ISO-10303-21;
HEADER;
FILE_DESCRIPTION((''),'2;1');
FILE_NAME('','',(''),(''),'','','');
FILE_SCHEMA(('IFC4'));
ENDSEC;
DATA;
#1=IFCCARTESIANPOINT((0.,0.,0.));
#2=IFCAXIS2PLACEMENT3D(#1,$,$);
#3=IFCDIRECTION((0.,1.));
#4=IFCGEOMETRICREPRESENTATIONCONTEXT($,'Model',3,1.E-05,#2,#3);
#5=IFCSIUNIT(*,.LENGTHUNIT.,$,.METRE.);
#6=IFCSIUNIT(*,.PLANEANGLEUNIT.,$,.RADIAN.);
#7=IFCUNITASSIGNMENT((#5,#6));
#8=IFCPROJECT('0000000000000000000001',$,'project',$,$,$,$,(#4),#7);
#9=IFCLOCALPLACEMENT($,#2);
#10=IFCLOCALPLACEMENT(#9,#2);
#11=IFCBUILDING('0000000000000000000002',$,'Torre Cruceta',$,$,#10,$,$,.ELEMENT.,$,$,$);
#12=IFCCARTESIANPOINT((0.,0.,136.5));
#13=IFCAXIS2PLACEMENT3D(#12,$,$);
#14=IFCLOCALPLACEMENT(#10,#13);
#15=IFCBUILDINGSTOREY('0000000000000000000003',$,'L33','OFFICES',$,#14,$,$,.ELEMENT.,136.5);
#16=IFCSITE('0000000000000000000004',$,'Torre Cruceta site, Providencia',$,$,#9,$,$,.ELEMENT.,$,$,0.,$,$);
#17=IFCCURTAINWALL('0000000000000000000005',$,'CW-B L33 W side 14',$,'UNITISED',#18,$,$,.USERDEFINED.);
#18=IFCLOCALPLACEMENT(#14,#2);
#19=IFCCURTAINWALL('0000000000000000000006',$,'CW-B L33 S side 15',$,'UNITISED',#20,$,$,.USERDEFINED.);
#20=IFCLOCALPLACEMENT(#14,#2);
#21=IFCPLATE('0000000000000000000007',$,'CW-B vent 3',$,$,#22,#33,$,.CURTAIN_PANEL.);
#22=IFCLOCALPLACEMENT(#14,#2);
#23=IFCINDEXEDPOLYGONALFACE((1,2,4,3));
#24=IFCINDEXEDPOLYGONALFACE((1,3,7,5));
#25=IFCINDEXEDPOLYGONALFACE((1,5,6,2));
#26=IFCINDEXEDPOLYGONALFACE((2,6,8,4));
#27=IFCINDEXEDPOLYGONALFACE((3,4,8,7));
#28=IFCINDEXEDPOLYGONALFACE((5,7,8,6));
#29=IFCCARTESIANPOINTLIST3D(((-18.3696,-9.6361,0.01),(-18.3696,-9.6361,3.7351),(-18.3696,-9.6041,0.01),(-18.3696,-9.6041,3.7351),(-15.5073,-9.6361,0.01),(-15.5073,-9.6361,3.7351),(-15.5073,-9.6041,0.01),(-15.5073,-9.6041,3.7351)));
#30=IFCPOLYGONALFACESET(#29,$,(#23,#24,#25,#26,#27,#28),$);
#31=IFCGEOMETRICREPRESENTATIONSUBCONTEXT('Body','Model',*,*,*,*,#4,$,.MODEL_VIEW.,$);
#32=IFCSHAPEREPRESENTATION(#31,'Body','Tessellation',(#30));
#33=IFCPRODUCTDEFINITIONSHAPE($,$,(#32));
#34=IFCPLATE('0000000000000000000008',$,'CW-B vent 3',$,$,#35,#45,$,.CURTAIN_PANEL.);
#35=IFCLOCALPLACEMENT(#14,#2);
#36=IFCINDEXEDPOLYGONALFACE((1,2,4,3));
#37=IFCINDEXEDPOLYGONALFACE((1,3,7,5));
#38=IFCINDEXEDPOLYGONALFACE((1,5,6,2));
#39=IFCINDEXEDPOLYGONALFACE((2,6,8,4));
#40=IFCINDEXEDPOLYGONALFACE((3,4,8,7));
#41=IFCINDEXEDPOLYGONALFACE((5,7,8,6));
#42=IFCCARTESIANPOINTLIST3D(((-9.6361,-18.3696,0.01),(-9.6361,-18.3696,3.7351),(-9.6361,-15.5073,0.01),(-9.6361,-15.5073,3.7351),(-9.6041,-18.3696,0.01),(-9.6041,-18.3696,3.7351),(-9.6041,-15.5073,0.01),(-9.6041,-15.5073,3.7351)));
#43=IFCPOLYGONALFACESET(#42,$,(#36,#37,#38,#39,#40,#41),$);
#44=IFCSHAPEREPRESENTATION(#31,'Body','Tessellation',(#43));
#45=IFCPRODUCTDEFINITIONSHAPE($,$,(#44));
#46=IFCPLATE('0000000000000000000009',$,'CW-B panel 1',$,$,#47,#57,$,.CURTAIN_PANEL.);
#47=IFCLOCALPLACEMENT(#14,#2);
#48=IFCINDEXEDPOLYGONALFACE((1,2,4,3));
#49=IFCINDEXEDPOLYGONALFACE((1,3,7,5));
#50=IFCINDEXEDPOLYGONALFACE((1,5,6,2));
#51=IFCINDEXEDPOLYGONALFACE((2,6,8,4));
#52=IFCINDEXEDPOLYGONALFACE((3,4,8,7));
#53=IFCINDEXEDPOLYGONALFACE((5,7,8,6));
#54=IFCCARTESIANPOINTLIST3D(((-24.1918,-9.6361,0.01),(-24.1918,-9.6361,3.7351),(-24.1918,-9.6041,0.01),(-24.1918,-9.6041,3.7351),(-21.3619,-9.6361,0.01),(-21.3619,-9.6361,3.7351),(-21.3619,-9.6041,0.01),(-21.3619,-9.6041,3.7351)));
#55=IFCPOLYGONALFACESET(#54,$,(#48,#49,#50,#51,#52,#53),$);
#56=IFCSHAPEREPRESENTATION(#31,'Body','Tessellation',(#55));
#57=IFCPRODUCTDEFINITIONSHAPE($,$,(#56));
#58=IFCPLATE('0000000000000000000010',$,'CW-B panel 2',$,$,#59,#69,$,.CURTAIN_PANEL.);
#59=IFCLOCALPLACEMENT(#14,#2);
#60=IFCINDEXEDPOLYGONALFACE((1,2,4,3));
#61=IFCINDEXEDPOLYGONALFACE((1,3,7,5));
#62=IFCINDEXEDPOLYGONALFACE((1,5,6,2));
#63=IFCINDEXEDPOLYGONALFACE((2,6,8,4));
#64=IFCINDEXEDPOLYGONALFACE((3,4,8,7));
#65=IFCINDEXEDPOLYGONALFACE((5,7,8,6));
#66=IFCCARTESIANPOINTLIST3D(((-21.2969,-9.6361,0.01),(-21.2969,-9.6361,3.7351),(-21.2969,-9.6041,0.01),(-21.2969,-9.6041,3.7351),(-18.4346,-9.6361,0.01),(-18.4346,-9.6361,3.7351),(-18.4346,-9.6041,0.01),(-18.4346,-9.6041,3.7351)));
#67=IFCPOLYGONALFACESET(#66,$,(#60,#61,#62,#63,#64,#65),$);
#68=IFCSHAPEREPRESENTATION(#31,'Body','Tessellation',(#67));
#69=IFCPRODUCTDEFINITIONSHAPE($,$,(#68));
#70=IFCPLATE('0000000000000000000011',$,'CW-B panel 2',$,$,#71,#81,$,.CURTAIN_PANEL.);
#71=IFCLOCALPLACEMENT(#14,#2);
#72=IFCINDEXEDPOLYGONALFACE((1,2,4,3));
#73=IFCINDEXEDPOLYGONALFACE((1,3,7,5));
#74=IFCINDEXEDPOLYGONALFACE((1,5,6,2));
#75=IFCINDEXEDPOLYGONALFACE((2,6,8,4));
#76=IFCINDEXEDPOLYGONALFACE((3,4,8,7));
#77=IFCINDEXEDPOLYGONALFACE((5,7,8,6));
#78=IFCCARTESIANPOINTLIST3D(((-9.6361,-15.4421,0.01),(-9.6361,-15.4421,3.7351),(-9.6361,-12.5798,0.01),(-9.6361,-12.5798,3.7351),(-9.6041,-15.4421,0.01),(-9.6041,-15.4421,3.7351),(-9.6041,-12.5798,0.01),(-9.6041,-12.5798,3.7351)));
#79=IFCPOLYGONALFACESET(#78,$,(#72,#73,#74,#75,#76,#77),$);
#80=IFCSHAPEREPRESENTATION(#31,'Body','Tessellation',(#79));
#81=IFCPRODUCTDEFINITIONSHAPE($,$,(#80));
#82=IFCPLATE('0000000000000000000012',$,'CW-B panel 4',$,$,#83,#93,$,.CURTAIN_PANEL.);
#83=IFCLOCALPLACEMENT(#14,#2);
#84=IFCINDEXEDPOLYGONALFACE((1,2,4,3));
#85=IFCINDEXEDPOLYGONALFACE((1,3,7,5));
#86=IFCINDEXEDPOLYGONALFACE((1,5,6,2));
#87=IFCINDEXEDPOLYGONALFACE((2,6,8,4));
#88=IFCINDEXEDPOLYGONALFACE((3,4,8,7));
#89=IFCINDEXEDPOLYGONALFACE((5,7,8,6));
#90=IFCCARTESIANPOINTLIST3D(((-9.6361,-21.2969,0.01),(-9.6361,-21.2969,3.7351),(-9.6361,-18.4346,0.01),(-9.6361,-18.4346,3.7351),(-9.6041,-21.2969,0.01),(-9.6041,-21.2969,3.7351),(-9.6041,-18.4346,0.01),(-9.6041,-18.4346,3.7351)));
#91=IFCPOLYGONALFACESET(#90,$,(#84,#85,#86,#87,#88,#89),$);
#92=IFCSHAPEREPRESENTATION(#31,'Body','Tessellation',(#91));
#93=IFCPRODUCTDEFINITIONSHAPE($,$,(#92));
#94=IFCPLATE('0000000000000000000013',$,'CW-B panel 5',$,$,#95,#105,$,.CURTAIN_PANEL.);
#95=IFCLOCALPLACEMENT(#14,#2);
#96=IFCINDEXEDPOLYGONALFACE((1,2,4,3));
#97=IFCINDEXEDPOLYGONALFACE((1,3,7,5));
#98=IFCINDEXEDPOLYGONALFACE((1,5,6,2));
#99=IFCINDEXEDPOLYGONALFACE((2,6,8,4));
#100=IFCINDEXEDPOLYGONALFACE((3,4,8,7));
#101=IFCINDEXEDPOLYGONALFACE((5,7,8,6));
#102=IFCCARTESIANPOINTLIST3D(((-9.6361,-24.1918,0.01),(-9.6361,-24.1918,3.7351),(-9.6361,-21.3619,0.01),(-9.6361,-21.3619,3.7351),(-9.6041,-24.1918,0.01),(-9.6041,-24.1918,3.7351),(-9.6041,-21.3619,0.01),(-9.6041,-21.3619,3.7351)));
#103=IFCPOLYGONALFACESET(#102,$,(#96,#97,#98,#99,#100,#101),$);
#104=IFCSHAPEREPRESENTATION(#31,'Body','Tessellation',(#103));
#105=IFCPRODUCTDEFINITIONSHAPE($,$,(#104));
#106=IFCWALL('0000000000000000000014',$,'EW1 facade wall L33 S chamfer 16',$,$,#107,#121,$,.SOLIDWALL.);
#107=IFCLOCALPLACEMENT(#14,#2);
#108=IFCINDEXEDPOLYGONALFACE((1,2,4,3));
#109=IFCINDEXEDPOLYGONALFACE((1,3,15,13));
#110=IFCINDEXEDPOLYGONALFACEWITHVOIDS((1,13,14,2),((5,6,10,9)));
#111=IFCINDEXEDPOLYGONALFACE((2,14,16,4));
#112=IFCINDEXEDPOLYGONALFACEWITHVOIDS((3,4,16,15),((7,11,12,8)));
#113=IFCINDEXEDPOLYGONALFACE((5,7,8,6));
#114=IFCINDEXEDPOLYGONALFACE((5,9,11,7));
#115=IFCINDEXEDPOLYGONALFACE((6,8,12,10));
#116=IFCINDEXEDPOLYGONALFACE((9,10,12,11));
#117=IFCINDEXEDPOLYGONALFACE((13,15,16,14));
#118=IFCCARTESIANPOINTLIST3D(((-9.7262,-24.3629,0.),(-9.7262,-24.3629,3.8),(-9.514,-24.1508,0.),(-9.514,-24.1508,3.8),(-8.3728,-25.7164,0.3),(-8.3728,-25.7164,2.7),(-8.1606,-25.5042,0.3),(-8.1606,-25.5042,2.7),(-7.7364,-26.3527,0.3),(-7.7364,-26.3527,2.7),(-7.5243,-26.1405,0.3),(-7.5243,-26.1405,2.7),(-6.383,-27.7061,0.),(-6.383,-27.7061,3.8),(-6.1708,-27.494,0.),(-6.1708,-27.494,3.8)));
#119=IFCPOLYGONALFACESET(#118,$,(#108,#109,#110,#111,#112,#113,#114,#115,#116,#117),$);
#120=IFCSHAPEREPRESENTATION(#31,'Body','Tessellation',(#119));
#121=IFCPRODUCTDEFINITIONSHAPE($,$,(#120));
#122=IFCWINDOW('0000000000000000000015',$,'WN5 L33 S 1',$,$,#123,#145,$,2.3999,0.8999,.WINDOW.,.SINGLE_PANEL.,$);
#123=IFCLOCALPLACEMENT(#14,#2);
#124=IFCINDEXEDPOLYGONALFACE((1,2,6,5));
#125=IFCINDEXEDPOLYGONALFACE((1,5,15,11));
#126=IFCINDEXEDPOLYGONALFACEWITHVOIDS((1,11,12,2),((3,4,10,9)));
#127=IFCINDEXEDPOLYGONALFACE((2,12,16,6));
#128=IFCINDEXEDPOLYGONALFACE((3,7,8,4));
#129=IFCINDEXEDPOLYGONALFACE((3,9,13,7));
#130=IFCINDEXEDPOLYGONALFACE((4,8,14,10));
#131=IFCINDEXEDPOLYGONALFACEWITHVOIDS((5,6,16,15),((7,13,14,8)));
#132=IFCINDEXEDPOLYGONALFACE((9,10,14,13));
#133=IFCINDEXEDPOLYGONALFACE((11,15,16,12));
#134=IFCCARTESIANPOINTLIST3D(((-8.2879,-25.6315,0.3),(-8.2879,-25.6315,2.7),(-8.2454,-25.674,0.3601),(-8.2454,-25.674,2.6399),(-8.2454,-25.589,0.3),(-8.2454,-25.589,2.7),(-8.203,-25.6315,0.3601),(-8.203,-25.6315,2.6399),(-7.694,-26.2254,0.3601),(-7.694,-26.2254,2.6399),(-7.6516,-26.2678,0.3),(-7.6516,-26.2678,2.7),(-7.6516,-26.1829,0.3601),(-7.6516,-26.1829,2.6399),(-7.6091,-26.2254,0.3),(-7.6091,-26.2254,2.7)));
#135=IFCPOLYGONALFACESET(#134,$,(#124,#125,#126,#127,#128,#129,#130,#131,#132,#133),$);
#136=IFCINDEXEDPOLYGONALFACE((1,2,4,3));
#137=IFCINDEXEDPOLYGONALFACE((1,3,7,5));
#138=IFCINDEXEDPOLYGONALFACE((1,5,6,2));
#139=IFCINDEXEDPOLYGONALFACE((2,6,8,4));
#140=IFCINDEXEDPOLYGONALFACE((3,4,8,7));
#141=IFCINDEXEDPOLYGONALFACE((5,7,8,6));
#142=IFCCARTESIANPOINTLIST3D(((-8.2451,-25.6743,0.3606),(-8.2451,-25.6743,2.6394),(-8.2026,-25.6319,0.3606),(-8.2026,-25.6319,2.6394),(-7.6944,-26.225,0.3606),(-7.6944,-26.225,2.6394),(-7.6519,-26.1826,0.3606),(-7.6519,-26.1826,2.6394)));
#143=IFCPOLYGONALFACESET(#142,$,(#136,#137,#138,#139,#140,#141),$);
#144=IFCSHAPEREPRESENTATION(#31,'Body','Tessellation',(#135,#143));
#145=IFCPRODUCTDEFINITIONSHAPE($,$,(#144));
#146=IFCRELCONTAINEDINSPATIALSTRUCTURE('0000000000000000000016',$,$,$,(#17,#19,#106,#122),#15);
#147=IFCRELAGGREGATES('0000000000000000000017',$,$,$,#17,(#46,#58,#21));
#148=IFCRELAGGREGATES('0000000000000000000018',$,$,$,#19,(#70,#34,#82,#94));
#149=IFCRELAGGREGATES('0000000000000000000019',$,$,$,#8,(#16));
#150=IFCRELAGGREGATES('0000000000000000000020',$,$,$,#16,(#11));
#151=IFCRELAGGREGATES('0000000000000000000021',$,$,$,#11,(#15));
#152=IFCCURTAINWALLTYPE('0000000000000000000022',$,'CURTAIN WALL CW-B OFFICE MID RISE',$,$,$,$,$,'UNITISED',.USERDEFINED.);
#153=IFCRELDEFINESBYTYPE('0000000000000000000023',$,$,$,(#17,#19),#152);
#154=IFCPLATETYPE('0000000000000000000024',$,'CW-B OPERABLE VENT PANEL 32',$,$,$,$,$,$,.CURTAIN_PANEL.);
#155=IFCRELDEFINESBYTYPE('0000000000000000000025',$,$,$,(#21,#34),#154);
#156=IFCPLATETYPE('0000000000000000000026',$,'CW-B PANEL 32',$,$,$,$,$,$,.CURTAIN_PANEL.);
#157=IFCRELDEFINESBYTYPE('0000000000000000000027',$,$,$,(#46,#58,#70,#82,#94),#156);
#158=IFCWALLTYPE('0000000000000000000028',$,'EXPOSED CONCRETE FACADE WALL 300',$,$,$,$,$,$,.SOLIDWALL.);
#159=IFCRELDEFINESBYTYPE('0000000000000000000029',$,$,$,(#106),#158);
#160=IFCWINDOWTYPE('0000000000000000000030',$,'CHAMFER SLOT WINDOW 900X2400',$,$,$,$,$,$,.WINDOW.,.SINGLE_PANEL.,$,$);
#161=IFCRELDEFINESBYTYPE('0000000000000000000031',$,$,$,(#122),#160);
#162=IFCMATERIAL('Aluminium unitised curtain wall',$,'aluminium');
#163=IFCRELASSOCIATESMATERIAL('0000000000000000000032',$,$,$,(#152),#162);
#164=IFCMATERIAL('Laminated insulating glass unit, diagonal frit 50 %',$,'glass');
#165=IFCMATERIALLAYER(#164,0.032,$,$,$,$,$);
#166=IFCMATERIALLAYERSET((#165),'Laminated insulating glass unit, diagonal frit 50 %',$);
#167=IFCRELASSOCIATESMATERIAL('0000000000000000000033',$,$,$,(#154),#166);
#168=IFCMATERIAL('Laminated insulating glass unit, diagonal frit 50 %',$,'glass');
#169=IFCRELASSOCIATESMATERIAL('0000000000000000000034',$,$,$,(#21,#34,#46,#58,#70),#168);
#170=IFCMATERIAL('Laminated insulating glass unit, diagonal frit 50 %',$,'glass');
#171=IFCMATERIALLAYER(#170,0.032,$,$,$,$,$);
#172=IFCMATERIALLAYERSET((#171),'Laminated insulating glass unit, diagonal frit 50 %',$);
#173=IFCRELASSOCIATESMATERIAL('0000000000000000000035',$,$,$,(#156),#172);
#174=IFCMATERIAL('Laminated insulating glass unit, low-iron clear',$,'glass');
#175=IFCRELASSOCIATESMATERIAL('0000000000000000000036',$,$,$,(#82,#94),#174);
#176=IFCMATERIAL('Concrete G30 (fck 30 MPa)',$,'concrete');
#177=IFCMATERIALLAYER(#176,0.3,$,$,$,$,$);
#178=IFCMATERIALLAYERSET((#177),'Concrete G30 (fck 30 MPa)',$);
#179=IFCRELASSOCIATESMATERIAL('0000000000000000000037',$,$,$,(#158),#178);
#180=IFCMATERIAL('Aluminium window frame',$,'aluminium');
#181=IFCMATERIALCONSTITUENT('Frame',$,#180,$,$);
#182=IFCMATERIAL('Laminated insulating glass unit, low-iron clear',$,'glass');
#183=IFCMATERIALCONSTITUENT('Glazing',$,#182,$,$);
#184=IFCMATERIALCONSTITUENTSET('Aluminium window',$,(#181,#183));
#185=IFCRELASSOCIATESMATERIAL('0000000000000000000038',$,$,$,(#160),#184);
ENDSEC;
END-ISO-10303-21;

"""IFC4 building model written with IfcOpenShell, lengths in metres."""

from ifc_helpers import new_model, si_unit, direction, frame, frame_2d, origin, origin_2d, place, context, subcontext, project, spatial, rectangle, hollow_rectangle, extrude, material, layer, layer_set, constituent, constituent_set, type_object, element, fill, aggregate, save


model = new_model("IFC4")

# Units and contexts
model_context = context("Model", 3, precision=1e-05, world=origin(), true_north=direction((0.0, 1.0)))
body_context = subcontext(model_context, "Body", "Model", "MODEL_VIEW")
ifc_project = project(units=[si_unit("LENGTHUNIT", "METRE"), si_unit("PLANEANGLEUNIT", "RADIAN")], contexts=[model_context])

# Site, building, storey
site_placement = place(None, origin())
site = spatial("IfcSite", under=ifc_project, at=site_placement, Name="Torre Cruceta site, Providencia", CompositionType="ELEMENT", RefElevation=0.0)
building_placement = place(site_placement, origin())
building = spatial("IfcBuilding", under=site, at=building_placement, Name="Torre Cruceta", CompositionType="ELEMENT")
storey_placement = place(building_placement, frame((0.0, 0.0, 136.5)))
storey = spatial("IfcBuildingStorey", under=building, at=storey_placement, Name="L33", Description="OFFICES", CompositionType="ELEMENT", Elevation=136.5)

# Curtain walls
ifc_material_1 = material(Name="Aluminium unitised curtain wall", Category="aluminium")
curtain_wall_type = type_object("IfcCurtainWallType", Name="CURTAIN WALL CW-B OFFICE MID RISE", ElementType="UNITISED", PredefinedType="USERDEFINED", material=ifc_material_1)
curtain_wall_1_placement = place(storey_placement, origin())
curtain_wall_1 = element("IfcCurtainWall", 1, at=curtain_wall_1_placement, inside=storey, type_object=curtain_wall_type, Name="CW-B L33 W side 14", ObjectType="UNITISED", PredefinedType="USERDEFINED")
curtain_wall_2_placement = place(storey_placement, origin())
curtain_wall_2 = element("IfcCurtainWall", 2, at=curtain_wall_2_placement, inside=storey, type_object=curtain_wall_type, Name="CW-B L33 S side 15", ObjectType="UNITISED", PredefinedType="USERDEFINED")

# Plates
ifc_material_2 = material(Name="Laminated insulating glass unit, diagonal frit 50 %", Category="glass")
ifc_material_3 = material(Name="Laminated insulating glass unit, diagonal frit 50 %", Category="glass")
ifc_layer_1 = layer(ifc_material_3, 0.032)
ifc_layer_set_1 = layer_set([ifc_layer_1], Name="Laminated insulating glass unit, diagonal frit 50 %")
plate_type_1 = type_object("IfcPlateType", Name="CW-B OPERABLE VENT PANEL 32", PredefinedType="CURTAIN_PANEL", material=ifc_layer_set_1)
plate_1_placement = place(storey_placement, frame((-16.9385, -9.6201, 0.01), z_axis=(0.0, 0.0, 1.0), x_axis=(1.0, 0.0, 0.0)))
plate_1 = element("IfcPlate", 3, at=plate_1_placement, type_object=plate_type_1, material=ifc_material_2, Name="CW-B vent 3", PredefinedType="CURTAIN_PANEL", context=body_context, shape_type="SweptSolid", body=[
    extrude(rectangle(XDim=2.8623, YDim=0.032, at=origin_2d()), origin(), (0.0, 0.0, 1.0), 3.7251),
])
plate_2_placement = place(storey_placement, frame((-9.6201, -16.9385, 0.01), z_axis=(0.0, 0.0, 1.0), x_axis=(0.0, -1.0, 0.0)))
plate_2 = element("IfcPlate", 4, at=plate_2_placement, type_object=plate_type_1, material=ifc_material_2, Name="CW-B vent 3", PredefinedType="CURTAIN_PANEL", context=body_context, shape_type="SweptSolid", body=[
    extrude(rectangle(XDim=2.8623, YDim=0.032, at=origin_2d()), origin(), (0.0, 0.0, 1.0), 3.7251),
])
ifc_material_4 = material(Name="Laminated insulating glass unit, diagonal frit 50 %", Category="glass")
ifc_layer_2 = layer(ifc_material_4, 0.032)
ifc_layer_set_2 = layer_set([ifc_layer_2], Name="Laminated insulating glass unit, diagonal frit 50 %")
plate_type_2 = type_object("IfcPlateType", Name="CW-B PANEL 32", PredefinedType="CURTAIN_PANEL", material=ifc_layer_set_2)
plate_3_placement = place(storey_placement, frame((-22.7769, -9.6201, 0.01), z_axis=(0.0, 0.0, 1.0), x_axis=(1.0, 0.0, 0.0)))
plate_3 = element("IfcPlate", 5, at=plate_3_placement, type_object=plate_type_2, material=ifc_material_2, Name="CW-B panel 1", PredefinedType="CURTAIN_PANEL", context=body_context, shape_type="SweptSolid", body=[
    extrude(rectangle(XDim=2.8298, YDim=0.032, at=origin_2d()), origin(), (0.0, 0.0, 1.0), 3.7251),
])
plate_4_placement = place(storey_placement, frame((-19.8657, -9.6201, 0.01), z_axis=(0.0, 0.0, 1.0), x_axis=(1.0, 0.0, 0.0)))
plate_4 = element("IfcPlate", 6, at=plate_4_placement, type_object=plate_type_2, material=ifc_material_2, Name="CW-B panel 2", PredefinedType="CURTAIN_PANEL", context=body_context, shape_type="SweptSolid", body=[
    extrude(rectangle(XDim=2.8623, YDim=0.032, at=origin_2d()), origin(), (0.0, 0.0, 1.0), 3.7251),
])
aggregate(curtain_wall_1, [plate_3, plate_4, plate_1])
plate_5_placement = place(storey_placement, frame((-9.6201, -14.011, 0.01), z_axis=(0.0, 0.0, 1.0), x_axis=(0.0, -1.0, 0.0)))
plate_5 = element("IfcPlate", 7, at=plate_5_placement, type_object=plate_type_2, material=ifc_material_2, Name="CW-B panel 2", PredefinedType="CURTAIN_PANEL", context=body_context, shape_type="SweptSolid", body=[
    extrude(rectangle(XDim=2.8623, YDim=0.032, at=origin_2d()), origin(), (0.0, 0.0, 1.0), 3.7251),
])
ifc_material_5 = material(Name="Laminated insulating glass unit, low-iron clear", Category="glass")
plate_6_placement = place(storey_placement, frame((-9.6201, -19.8657, 0.01), z_axis=(0.0, 0.0, 1.0), x_axis=(0.0, -1.0, 0.0)))
plate_6 = element("IfcPlate", 8, at=plate_6_placement, type_object=plate_type_2, material=ifc_material_5, Name="CW-B panel 4", PredefinedType="CURTAIN_PANEL", context=body_context, shape_type="SweptSolid", body=[
    extrude(rectangle(XDim=2.8623, YDim=0.032, at=origin_2d()), origin(), (0.0, 0.0, 1.0), 3.7251),
])
plate_7_placement = place(storey_placement, frame((-9.6201, -22.7769, 0.01), z_axis=(0.0, 0.0, 1.0), x_axis=(0.0, -1.0, 0.0)))
plate_7 = element("IfcPlate", 9, at=plate_7_placement, type_object=plate_type_2, material=ifc_material_5, Name="CW-B panel 5", PredefinedType="CURTAIN_PANEL", context=body_context, shape_type="SweptSolid", body=[
    extrude(rectangle(XDim=2.8298, YDim=0.032, at=origin_2d()), origin(), (0.0, 0.0, 1.0), 3.7251),
])
aggregate(curtain_wall_2, [plate_5, plate_2, plate_6, plate_7])

# Wall, opening, window
ifc_material_6 = material(Name="Concrete G30 (fck 30 MPa)", Category="concrete")
ifc_layer_3 = layer(ifc_material_6, 0.3)
ifc_layer_set_3 = layer_set([ifc_layer_3], Name="Concrete G30 (fck 30 MPa)")
wall_type = type_object("IfcWallType", Name="EXPOSED CONCRETE FACADE WALL 300", PredefinedType="SOLIDWALL", material=ifc_layer_set_3)
wall_placement = place(storey_placement, frame((-9.6201, -24.2568, 0.0), z_axis=(0.0, 0.0, 1.0), x_axis=(0.707107, -0.707107, 0.0)))
wall = element("IfcWall", 10, at=wall_placement, inside=storey, type_object=wall_type, Name="EW1 facade wall L33 S chamfer 16", PredefinedType="SOLIDWALL", context=body_context, shape_type="SweptSolid", body=[
    extrude(rectangle(XDim=4.728, YDim=0.3, at=frame_2d((2.364, 0.0))), origin(), (0.0, 0.0, 1.0), 3.8),
])
opening_placement = place(wall_placement, frame((1.9141, 0.0, 0.3)))
opening = element("IfcOpeningElement", 11, at=opening_placement, cuts=wall, PredefinedType="OPENING", context=body_context, shape_type="SweptSolid", body=[
    extrude(rectangle(XDim=0.8999, YDim=2.3999, at=frame_2d((0.45, 1.2))), frame((0.0, 0.1599, 0.0), z_axis=(0.0, -1.0, 0.0), x_axis=(1.0, 0.0, 0.0)), (0.0, 0.0, 1.0), 0.3201),
])
ifc_material_7 = material(Name="Aluminium window frame", Category="aluminium")
ifc_constituent_1 = constituent(ifc_material_7, Name="Frame")
ifc_material_8 = material(Name="Laminated insulating glass unit, low-iron clear", Category="glass")
ifc_constituent_2 = constituent(ifc_material_8, Name="Glazing")
ifc_constituent_set = constituent_set(constituents=[ifc_constituent_1, ifc_constituent_2], Name="Aluminium window")
window_type = type_object("IfcWindowType", Name="CHAMFER SLOT WINDOW 900X2400", PartitioningType="SINGLE_PANEL", PredefinedType="WINDOW", material=ifc_constituent_set)
window_placement = place(opening_placement, origin())
window = element("IfcWindow", 12, at=window_placement, inside=storey, type_object=window_type, Name="WN5 L33 S 1", OverallHeight=2.3999, OverallWidth=0.8999, PartitioningType="SINGLE_PANEL", PredefinedType="WINDOW", context=body_context, shape_type="SweptSolid", body=[
    extrude(hollow_rectangle(XDim=0.8999, YDim=2.3999, WallThickness=0.0601, at=frame_2d((0.45, 1.2))), frame((0.0, 0.03, 0.0), z_axis=(0.0, -1.0, 0.0), x_axis=(1.0, 0.0, 0.0)), (0.0, 0.0, 1.0), 0.0601),
    extrude(rectangle(XDim=0.7788, YDim=2.2788, at=frame_2d((0.45, 1.2))), frame((0.0, 0.03, 0.0), z_axis=(0.0, -1.0, 0.0), x_axis=(1.0, 0.0, 0.0)), (0.0, 0.0, 1.0), 0.0601),
])
fill(opening, window)

save(model, "model.ifc")
